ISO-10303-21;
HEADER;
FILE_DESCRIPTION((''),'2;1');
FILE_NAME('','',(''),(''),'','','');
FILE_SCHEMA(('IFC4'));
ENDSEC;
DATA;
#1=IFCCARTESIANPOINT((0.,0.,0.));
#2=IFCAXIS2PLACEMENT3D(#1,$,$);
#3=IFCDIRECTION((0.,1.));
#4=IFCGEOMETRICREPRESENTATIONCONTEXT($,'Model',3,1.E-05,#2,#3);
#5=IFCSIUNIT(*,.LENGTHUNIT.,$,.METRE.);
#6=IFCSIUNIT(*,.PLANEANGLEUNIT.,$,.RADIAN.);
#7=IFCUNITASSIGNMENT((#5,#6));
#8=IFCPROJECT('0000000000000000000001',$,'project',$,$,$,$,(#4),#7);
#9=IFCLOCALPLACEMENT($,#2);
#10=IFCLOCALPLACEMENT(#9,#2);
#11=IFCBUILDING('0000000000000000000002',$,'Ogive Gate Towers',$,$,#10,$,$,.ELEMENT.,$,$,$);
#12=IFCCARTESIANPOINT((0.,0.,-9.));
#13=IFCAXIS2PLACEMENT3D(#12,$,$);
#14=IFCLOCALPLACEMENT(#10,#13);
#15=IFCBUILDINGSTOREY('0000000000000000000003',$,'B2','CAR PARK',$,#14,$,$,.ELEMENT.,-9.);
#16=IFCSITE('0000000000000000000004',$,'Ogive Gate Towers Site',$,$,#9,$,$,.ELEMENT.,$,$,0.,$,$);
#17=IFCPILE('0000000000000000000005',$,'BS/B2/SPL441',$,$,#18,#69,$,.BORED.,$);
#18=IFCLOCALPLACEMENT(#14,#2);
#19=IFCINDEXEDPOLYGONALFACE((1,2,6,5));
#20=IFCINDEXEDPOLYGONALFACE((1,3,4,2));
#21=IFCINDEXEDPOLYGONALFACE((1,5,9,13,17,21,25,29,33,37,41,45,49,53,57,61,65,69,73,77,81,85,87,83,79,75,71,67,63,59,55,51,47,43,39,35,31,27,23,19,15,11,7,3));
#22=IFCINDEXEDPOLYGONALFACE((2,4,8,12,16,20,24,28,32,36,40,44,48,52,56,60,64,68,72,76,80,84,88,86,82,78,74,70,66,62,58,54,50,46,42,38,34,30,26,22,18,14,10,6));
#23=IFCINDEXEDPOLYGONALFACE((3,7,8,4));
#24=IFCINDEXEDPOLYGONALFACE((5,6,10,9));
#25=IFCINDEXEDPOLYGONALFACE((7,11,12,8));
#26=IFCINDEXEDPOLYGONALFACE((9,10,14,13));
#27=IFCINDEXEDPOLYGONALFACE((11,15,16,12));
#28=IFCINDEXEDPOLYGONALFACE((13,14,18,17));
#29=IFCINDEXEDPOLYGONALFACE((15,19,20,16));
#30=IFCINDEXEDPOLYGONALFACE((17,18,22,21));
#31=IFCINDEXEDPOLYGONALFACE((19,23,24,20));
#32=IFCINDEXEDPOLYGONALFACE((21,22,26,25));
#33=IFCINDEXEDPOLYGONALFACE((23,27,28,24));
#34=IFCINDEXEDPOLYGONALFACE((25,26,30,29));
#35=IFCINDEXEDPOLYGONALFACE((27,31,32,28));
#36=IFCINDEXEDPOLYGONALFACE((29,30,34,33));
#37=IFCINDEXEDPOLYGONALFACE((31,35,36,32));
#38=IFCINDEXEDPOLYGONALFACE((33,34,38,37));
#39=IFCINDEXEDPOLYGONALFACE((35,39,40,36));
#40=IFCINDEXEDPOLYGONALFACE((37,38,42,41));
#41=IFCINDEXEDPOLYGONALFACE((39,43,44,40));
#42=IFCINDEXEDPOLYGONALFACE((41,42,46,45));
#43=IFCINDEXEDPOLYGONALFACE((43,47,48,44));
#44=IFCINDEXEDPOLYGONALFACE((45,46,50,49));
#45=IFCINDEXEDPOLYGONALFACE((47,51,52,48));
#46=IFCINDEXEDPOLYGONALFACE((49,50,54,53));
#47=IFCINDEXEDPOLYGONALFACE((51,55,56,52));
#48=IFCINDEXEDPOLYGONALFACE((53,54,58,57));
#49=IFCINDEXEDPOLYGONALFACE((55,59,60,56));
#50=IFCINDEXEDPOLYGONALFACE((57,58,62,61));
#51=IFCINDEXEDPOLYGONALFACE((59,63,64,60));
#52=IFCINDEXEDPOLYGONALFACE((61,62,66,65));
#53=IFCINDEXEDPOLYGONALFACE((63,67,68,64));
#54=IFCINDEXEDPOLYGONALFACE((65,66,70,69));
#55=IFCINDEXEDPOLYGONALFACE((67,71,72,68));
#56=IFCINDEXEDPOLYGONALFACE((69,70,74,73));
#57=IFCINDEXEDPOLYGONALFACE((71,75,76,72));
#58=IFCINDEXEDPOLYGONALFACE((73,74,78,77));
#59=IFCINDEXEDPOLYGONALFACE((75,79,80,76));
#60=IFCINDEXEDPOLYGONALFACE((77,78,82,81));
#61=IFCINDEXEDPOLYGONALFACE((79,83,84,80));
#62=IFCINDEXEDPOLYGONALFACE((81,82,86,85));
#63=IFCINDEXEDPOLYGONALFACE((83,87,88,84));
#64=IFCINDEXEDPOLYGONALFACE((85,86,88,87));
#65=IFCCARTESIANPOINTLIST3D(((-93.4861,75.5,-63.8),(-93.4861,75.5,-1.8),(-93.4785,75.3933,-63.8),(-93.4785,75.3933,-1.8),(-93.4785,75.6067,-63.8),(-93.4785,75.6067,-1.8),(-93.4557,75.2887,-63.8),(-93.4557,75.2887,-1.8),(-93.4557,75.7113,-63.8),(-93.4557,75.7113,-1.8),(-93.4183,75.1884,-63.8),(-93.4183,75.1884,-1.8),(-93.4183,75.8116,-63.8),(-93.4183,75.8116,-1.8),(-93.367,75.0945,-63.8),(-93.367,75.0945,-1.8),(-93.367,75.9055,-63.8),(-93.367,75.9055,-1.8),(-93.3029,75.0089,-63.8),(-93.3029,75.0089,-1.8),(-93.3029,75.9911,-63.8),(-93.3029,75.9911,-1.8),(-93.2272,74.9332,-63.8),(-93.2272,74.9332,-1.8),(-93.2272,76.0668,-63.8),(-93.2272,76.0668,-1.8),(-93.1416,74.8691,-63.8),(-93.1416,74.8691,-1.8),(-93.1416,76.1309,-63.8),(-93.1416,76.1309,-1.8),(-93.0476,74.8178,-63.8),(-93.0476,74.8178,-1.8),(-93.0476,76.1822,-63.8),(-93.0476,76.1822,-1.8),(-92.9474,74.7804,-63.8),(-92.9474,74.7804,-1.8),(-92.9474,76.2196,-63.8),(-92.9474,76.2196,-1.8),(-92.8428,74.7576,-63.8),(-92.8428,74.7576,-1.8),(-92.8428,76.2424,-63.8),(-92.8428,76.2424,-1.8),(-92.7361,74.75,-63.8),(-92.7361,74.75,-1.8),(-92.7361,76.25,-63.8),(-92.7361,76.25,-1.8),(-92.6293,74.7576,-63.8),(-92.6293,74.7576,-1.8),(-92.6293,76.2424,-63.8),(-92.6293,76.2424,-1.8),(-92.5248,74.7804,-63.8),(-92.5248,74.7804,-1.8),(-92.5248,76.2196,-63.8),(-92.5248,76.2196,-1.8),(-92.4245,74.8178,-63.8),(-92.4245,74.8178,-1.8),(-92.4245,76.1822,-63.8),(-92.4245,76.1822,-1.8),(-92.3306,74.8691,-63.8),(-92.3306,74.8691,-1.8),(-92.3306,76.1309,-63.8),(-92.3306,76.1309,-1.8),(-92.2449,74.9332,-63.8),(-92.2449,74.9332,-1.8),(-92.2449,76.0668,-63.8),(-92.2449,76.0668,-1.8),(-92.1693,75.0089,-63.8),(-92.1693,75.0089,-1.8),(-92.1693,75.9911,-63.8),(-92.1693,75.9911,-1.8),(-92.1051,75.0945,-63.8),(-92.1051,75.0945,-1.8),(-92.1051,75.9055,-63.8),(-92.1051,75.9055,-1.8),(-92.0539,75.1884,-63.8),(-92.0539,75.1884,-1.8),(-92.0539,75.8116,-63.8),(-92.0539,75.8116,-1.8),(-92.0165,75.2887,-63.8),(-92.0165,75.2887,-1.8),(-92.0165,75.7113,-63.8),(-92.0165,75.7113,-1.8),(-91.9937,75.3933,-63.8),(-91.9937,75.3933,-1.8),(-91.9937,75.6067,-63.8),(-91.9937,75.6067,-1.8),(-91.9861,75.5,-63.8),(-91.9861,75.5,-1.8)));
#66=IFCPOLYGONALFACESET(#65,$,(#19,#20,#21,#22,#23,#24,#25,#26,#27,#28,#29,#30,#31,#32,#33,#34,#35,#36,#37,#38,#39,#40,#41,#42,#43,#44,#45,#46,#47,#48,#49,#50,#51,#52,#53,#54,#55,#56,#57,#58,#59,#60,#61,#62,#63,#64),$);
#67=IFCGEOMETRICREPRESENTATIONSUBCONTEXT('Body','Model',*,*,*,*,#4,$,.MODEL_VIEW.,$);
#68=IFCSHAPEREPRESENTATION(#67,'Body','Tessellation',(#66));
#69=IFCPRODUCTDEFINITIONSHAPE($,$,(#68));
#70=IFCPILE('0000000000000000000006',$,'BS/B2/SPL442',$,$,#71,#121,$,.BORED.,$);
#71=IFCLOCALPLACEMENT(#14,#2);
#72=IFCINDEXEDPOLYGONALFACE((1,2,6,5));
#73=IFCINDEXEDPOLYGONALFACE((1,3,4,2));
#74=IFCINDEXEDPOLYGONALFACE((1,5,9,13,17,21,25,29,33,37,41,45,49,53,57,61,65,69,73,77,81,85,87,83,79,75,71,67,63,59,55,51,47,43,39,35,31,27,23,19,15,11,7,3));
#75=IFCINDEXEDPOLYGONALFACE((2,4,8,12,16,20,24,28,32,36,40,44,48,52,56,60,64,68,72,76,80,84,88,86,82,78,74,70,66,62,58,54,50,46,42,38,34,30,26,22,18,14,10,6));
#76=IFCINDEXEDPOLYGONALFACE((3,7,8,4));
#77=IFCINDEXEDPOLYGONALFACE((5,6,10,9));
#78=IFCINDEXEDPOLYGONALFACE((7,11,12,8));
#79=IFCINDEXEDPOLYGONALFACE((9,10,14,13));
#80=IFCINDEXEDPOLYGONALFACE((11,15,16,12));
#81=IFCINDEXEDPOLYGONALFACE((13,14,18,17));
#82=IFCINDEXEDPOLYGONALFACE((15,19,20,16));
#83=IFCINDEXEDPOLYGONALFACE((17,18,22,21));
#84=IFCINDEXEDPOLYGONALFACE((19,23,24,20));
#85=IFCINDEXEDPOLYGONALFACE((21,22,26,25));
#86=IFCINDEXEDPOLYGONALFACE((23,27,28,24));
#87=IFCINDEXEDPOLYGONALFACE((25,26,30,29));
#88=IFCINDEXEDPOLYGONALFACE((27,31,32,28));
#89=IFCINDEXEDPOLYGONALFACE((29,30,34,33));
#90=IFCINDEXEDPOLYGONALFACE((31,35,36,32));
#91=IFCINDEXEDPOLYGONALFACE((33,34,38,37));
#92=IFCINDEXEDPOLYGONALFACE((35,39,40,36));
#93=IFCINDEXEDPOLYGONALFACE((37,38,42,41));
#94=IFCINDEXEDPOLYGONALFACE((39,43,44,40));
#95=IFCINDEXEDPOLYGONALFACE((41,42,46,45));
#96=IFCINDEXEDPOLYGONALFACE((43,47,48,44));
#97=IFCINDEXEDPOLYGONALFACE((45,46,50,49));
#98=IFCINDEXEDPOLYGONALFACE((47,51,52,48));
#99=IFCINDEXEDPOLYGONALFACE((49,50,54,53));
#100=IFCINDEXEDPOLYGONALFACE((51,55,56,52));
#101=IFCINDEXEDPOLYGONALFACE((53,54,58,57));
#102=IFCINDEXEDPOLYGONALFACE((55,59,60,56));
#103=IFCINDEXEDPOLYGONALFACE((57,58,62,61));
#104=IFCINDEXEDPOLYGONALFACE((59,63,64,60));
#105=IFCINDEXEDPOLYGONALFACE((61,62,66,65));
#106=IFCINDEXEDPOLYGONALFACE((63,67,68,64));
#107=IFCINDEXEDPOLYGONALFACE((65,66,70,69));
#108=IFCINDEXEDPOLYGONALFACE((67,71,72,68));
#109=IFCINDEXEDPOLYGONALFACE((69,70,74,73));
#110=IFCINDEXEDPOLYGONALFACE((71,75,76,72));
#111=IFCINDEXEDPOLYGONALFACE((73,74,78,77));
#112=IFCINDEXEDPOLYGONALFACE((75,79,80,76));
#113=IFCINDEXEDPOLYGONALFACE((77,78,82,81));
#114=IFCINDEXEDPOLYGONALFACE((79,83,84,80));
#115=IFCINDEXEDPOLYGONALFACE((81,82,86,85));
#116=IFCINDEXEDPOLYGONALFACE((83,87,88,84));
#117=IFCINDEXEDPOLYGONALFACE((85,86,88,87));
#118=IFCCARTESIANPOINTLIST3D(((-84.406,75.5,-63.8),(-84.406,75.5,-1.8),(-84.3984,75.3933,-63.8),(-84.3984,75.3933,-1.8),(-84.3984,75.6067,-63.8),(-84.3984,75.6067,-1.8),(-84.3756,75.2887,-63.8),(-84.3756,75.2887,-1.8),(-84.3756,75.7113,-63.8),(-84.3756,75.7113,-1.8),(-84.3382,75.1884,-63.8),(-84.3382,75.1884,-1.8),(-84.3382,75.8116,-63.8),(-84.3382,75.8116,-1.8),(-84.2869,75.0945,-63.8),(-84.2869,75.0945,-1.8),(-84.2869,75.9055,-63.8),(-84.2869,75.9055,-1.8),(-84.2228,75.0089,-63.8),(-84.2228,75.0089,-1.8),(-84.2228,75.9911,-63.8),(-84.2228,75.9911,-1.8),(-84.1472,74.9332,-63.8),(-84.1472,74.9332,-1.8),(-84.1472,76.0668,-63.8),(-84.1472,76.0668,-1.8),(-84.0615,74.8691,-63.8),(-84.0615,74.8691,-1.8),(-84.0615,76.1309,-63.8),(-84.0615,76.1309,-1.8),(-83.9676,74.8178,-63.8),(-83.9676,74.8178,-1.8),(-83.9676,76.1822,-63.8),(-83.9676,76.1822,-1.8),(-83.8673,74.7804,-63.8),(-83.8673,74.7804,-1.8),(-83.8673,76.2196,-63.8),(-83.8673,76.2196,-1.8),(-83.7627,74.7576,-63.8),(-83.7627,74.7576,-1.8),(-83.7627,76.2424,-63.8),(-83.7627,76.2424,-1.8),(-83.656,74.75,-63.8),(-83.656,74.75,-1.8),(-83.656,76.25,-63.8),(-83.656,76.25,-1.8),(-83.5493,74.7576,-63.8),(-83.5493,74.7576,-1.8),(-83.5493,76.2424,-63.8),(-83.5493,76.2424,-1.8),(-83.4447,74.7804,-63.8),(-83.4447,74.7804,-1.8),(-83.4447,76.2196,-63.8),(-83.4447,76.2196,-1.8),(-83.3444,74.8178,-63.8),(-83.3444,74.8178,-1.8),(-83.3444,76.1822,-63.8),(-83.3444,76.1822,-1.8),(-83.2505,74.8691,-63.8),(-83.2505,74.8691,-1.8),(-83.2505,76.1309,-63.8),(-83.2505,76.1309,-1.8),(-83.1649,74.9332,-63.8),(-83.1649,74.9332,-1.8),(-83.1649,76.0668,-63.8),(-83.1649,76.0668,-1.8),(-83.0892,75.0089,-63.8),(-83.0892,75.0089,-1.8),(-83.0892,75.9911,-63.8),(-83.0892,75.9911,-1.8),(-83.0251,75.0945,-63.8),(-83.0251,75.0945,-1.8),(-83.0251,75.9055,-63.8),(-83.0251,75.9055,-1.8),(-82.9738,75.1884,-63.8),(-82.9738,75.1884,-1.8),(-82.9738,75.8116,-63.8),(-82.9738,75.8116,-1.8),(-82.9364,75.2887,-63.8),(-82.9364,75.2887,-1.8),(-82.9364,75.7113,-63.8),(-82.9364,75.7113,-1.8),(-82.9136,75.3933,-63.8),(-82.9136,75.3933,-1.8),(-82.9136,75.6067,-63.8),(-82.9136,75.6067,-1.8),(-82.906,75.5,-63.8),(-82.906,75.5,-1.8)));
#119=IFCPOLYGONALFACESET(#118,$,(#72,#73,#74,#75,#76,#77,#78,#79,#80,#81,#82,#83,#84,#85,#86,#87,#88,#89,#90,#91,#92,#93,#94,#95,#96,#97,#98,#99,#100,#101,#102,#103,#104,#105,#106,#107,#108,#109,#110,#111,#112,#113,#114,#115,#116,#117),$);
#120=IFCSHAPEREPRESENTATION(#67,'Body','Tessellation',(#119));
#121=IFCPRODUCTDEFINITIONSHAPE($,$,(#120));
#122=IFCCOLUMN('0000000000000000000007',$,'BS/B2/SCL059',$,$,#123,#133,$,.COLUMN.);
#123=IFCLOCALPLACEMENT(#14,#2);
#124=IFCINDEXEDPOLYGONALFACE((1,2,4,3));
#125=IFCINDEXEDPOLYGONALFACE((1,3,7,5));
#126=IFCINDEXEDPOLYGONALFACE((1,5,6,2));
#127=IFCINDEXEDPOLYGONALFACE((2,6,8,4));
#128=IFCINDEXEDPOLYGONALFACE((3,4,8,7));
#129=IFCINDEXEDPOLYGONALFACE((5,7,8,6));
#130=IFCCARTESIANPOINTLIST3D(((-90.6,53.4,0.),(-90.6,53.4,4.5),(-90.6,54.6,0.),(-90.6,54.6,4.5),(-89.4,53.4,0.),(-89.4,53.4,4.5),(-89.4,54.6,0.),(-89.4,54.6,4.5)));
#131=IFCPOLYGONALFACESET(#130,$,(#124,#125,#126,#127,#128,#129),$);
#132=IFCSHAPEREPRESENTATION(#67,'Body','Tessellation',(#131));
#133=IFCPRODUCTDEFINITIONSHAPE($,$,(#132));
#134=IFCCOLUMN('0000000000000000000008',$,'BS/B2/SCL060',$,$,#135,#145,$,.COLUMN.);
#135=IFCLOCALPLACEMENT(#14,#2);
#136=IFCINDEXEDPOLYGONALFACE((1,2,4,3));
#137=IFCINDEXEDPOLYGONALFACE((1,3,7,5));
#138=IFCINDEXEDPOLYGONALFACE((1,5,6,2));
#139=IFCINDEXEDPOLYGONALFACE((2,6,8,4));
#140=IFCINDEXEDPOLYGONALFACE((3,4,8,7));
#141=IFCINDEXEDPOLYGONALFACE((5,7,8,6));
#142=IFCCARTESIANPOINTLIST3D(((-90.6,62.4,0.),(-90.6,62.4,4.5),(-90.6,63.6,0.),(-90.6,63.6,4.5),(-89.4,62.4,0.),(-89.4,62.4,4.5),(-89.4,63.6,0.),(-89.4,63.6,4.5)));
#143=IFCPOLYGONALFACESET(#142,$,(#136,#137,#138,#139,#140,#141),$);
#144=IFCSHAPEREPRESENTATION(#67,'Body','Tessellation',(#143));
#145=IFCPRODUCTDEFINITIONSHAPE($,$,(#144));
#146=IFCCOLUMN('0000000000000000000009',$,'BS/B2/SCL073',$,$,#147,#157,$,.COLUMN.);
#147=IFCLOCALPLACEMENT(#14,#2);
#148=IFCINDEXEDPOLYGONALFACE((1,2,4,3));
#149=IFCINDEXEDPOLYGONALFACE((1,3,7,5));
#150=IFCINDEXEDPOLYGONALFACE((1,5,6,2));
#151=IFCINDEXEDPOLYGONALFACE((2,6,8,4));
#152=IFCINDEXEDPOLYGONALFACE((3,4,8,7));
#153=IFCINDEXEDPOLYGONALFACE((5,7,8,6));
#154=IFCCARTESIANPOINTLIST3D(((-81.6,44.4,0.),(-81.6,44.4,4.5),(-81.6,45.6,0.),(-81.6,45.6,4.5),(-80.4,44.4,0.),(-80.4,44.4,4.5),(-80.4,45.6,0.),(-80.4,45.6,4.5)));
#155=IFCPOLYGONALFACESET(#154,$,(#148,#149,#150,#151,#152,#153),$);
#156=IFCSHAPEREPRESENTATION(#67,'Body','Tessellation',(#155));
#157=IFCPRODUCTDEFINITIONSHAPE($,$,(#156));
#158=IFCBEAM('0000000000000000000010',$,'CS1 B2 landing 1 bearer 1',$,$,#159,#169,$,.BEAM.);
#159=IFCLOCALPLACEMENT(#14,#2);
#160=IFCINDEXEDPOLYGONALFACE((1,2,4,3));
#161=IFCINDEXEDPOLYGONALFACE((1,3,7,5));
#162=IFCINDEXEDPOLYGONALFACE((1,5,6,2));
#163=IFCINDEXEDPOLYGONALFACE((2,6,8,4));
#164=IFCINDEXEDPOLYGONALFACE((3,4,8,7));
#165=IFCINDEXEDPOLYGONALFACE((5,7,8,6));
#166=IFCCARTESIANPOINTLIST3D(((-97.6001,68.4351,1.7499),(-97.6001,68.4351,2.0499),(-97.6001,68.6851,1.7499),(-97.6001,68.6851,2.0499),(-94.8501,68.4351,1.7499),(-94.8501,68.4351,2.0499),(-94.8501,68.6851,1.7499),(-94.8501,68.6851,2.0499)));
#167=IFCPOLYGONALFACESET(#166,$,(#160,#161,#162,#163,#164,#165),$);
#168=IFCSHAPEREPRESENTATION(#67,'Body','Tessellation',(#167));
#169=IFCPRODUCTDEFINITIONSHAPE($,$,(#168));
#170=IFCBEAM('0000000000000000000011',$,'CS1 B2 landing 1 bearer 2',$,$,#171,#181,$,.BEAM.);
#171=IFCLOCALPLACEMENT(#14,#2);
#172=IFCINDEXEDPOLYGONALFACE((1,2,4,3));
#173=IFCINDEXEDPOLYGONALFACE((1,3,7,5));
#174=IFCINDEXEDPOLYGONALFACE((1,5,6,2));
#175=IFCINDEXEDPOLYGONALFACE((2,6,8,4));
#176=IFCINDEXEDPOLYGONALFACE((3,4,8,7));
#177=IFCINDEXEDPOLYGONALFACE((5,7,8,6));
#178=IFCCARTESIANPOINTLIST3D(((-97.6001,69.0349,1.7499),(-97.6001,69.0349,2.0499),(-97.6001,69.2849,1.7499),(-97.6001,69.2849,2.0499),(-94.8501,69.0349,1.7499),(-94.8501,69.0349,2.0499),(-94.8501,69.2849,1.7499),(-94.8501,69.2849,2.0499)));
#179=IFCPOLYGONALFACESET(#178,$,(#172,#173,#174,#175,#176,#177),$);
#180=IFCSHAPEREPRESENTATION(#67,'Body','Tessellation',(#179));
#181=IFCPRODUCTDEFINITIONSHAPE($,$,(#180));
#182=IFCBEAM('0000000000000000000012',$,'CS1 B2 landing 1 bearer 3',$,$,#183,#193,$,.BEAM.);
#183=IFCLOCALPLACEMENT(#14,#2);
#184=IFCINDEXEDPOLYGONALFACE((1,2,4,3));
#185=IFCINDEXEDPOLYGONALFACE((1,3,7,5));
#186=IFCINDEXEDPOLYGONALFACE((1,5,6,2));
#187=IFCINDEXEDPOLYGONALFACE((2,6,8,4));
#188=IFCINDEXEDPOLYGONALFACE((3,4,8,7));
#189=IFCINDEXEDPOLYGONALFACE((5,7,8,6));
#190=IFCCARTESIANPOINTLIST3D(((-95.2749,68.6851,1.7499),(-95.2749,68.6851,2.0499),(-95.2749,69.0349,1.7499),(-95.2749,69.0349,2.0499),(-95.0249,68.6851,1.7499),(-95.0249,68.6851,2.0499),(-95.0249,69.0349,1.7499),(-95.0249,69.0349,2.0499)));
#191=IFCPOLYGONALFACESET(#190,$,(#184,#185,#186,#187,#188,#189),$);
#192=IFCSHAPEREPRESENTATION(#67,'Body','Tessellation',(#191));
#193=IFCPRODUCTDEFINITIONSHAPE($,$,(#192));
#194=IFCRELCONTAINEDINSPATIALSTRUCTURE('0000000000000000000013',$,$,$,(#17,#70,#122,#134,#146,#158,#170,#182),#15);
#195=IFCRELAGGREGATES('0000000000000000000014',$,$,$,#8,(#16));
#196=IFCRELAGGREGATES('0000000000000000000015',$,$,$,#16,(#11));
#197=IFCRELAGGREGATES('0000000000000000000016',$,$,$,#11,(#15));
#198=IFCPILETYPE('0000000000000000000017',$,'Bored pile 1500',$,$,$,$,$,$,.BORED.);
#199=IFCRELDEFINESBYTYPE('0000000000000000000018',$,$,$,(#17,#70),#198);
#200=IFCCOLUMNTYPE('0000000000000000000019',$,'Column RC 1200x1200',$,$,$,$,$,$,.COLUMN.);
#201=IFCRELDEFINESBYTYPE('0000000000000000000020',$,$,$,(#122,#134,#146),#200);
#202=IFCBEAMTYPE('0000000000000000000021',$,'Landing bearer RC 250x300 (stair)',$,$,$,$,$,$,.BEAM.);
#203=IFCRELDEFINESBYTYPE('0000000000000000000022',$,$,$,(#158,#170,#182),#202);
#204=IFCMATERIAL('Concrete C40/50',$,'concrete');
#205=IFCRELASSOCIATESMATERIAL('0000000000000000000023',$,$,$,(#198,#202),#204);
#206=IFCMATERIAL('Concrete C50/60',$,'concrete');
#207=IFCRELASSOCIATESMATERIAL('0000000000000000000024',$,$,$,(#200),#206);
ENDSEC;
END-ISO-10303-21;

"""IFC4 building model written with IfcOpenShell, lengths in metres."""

from ifc_helpers import new_model, si_unit, direction, frame, origin, origin_2d, place, context, subcontext, project, spatial, rectangle, circle, extrude, material, material_profile, profile_set, type_object, element, save


model = new_model("IFC4")

# Units and contexts
model_context = context("Model", 3, precision=1e-05, world=origin(), true_north=direction((0.0, 1.0)))
body_context = subcontext(model_context, "Body", "Model", "MODEL_VIEW")
ifc_project = project(units=[si_unit("LENGTHUNIT", "METRE"), si_unit("PLANEANGLEUNIT", "RADIAN")], contexts=[model_context])

# Site, building, storey
site_placement = place(None, origin())
site = spatial("IfcSite", under=ifc_project, at=site_placement, Name="Ogive Gate Towers Site", CompositionType="ELEMENT", RefElevation=0.0)
building_placement = place(site_placement, origin())
building = spatial("IfcBuilding", under=site, at=building_placement, Name="Ogive Gate Towers", CompositionType="ELEMENT")
storey_placement = place(building_placement, frame((0.0, 0.0, -9.0)))
storey = spatial("IfcBuildingStorey", under=building, at=storey_placement, Name="B2", Description="CAR PARK", CompositionType="ELEMENT", Elevation=-9.0)

# Piles
ifc_material_1 = material(Name="Concrete C40/50", Category="concrete")
ifc_material_profile_1 = material_profile(ifc_material_1, circle(Radius=0.75, at=origin_2d()), Name="BP 1500")
ifc_profile_set_1 = profile_set([ifc_material_profile_1], Name="Concrete C40/50")
pile_type = type_object("IfcPileType", Name="Bored pile 1500", PredefinedType="BORED", material=ifc_profile_set_1)
for number, where, z_axis, x_axis, name in (
    (1, (-92.7361, 75.5, -1.8), (0.0, 0.0, -1.0), (1.0, 0.0, 0.0), "BS/B2/SPL441"),
    (2, (-83.656, 75.5, -1.8), (0.0, 0.0, -1.0), (1.0, 0.0, 0.0), "BS/B2/SPL442"),
):
    element("IfcPile", number, at=place(storey_placement, frame(where, z_axis=z_axis, x_axis=x_axis)), inside=storey, type_object=pile_type, Name=name, PredefinedType="BORED", context=body_context, shape_type="SweptSolid", body=[
        extrude(circle(Radius=0.75, at=origin_2d()), origin(), (0.0, 0.0, 1.0), 62.0),
    ])

# Columns
ifc_material_2 = material(Name="Concrete C50/60", Category="concrete")
ifc_material_profile_2 = material_profile(ifc_material_2, rectangle(XDim=1.2, YDim=1.2, at=origin_2d()), Name="RC 1200x1200")
ifc_profile_set_2 = profile_set([ifc_material_profile_2], Name="Concrete C50/60")
column_type = type_object("IfcColumnType", Name="Column RC 1200x1200", PredefinedType="COLUMN", material=ifc_profile_set_2)
for number, where, z_axis, x_axis, name in (
    (3, (-90.0, 54.0, 0.0), (0.0, 0.0, 1.0), (1.0, 0.0, 0.0), "BS/B2/SCL059"),
    (4, (-90.0, 63.0, 0.0), (0.0, 0.0, 1.0), (1.0, 0.0, 0.0), "BS/B2/SCL060"),
    (5, (-81.0, 45.0, 0.0), (0.0, 0.0, 1.0), (1.0, 0.0, 0.0), "BS/B2/SCL073"),
):
    element("IfcColumn", number, at=place(storey_placement, frame(where, z_axis=z_axis, x_axis=x_axis)), inside=storey, type_object=column_type, Name=name, PredefinedType="COLUMN", context=body_context, shape_type="SweptSolid", body=[
        extrude(rectangle(XDim=1.2, YDim=1.2, at=origin_2d()), origin(), (0.0, 0.0, 1.0), 4.5),
    ])

# Beams
ifc_material_profile_3 = material_profile(ifc_material_1, rectangle(XDim=0.25, YDim=0.3, at=origin_2d()), Name="RC 250x300")
ifc_profile_set_3 = profile_set([ifc_material_profile_3], Name="Concrete C40/50")
beam_type = type_object("IfcBeamType", Name="Landing bearer RC 250x300 (stair)", PredefinedType="BEAM", material=ifc_profile_set_3)
for number, where, z_axis, x_axis, name in (
    (6, (-94.8501, 68.5601, 1.8999), (-1.0, 0.0, 0.0), (0.0, -1.0, 0.0), "CS1 B2 landing 1 bearer 1"),
    (7, (-94.8501, 69.1599, 1.8999), (-1.0, 0.0, 0.0), (0.0, -1.0, 0.0), "CS1 B2 landing 1 bearer 2"),
):
    element("IfcBeam", number, at=place(storey_placement, frame(where, z_axis=z_axis, x_axis=x_axis)), inside=storey, type_object=beam_type, Name=name, PredefinedType="BEAM", context=body_context, shape_type="SweptSolid", body=[
        extrude(rectangle(XDim=0.25, YDim=0.3, at=origin_2d()), origin(), (0.0, 0.0, 1.0), 2.75),
    ])
beam_placement = place(storey_placement, frame((-95.1499, 68.6851, 1.8999), z_axis=(0.0, 1.0, 0.0), x_axis=(-1.0, 0.0, 0.0)))
element("IfcBeam", 8, at=beam_placement, inside=storey, type_object=beam_type, Name="CS1 B2 landing 1 bearer 3", PredefinedType="BEAM", context=body_context, shape_type="SweptSolid", body=[
    extrude(rectangle(XDim=0.25, YDim=0.3, at=origin_2d()), origin(), (0.0, 0.0, 1.0), 0.3499),
])

save(model, "model.ifc")
